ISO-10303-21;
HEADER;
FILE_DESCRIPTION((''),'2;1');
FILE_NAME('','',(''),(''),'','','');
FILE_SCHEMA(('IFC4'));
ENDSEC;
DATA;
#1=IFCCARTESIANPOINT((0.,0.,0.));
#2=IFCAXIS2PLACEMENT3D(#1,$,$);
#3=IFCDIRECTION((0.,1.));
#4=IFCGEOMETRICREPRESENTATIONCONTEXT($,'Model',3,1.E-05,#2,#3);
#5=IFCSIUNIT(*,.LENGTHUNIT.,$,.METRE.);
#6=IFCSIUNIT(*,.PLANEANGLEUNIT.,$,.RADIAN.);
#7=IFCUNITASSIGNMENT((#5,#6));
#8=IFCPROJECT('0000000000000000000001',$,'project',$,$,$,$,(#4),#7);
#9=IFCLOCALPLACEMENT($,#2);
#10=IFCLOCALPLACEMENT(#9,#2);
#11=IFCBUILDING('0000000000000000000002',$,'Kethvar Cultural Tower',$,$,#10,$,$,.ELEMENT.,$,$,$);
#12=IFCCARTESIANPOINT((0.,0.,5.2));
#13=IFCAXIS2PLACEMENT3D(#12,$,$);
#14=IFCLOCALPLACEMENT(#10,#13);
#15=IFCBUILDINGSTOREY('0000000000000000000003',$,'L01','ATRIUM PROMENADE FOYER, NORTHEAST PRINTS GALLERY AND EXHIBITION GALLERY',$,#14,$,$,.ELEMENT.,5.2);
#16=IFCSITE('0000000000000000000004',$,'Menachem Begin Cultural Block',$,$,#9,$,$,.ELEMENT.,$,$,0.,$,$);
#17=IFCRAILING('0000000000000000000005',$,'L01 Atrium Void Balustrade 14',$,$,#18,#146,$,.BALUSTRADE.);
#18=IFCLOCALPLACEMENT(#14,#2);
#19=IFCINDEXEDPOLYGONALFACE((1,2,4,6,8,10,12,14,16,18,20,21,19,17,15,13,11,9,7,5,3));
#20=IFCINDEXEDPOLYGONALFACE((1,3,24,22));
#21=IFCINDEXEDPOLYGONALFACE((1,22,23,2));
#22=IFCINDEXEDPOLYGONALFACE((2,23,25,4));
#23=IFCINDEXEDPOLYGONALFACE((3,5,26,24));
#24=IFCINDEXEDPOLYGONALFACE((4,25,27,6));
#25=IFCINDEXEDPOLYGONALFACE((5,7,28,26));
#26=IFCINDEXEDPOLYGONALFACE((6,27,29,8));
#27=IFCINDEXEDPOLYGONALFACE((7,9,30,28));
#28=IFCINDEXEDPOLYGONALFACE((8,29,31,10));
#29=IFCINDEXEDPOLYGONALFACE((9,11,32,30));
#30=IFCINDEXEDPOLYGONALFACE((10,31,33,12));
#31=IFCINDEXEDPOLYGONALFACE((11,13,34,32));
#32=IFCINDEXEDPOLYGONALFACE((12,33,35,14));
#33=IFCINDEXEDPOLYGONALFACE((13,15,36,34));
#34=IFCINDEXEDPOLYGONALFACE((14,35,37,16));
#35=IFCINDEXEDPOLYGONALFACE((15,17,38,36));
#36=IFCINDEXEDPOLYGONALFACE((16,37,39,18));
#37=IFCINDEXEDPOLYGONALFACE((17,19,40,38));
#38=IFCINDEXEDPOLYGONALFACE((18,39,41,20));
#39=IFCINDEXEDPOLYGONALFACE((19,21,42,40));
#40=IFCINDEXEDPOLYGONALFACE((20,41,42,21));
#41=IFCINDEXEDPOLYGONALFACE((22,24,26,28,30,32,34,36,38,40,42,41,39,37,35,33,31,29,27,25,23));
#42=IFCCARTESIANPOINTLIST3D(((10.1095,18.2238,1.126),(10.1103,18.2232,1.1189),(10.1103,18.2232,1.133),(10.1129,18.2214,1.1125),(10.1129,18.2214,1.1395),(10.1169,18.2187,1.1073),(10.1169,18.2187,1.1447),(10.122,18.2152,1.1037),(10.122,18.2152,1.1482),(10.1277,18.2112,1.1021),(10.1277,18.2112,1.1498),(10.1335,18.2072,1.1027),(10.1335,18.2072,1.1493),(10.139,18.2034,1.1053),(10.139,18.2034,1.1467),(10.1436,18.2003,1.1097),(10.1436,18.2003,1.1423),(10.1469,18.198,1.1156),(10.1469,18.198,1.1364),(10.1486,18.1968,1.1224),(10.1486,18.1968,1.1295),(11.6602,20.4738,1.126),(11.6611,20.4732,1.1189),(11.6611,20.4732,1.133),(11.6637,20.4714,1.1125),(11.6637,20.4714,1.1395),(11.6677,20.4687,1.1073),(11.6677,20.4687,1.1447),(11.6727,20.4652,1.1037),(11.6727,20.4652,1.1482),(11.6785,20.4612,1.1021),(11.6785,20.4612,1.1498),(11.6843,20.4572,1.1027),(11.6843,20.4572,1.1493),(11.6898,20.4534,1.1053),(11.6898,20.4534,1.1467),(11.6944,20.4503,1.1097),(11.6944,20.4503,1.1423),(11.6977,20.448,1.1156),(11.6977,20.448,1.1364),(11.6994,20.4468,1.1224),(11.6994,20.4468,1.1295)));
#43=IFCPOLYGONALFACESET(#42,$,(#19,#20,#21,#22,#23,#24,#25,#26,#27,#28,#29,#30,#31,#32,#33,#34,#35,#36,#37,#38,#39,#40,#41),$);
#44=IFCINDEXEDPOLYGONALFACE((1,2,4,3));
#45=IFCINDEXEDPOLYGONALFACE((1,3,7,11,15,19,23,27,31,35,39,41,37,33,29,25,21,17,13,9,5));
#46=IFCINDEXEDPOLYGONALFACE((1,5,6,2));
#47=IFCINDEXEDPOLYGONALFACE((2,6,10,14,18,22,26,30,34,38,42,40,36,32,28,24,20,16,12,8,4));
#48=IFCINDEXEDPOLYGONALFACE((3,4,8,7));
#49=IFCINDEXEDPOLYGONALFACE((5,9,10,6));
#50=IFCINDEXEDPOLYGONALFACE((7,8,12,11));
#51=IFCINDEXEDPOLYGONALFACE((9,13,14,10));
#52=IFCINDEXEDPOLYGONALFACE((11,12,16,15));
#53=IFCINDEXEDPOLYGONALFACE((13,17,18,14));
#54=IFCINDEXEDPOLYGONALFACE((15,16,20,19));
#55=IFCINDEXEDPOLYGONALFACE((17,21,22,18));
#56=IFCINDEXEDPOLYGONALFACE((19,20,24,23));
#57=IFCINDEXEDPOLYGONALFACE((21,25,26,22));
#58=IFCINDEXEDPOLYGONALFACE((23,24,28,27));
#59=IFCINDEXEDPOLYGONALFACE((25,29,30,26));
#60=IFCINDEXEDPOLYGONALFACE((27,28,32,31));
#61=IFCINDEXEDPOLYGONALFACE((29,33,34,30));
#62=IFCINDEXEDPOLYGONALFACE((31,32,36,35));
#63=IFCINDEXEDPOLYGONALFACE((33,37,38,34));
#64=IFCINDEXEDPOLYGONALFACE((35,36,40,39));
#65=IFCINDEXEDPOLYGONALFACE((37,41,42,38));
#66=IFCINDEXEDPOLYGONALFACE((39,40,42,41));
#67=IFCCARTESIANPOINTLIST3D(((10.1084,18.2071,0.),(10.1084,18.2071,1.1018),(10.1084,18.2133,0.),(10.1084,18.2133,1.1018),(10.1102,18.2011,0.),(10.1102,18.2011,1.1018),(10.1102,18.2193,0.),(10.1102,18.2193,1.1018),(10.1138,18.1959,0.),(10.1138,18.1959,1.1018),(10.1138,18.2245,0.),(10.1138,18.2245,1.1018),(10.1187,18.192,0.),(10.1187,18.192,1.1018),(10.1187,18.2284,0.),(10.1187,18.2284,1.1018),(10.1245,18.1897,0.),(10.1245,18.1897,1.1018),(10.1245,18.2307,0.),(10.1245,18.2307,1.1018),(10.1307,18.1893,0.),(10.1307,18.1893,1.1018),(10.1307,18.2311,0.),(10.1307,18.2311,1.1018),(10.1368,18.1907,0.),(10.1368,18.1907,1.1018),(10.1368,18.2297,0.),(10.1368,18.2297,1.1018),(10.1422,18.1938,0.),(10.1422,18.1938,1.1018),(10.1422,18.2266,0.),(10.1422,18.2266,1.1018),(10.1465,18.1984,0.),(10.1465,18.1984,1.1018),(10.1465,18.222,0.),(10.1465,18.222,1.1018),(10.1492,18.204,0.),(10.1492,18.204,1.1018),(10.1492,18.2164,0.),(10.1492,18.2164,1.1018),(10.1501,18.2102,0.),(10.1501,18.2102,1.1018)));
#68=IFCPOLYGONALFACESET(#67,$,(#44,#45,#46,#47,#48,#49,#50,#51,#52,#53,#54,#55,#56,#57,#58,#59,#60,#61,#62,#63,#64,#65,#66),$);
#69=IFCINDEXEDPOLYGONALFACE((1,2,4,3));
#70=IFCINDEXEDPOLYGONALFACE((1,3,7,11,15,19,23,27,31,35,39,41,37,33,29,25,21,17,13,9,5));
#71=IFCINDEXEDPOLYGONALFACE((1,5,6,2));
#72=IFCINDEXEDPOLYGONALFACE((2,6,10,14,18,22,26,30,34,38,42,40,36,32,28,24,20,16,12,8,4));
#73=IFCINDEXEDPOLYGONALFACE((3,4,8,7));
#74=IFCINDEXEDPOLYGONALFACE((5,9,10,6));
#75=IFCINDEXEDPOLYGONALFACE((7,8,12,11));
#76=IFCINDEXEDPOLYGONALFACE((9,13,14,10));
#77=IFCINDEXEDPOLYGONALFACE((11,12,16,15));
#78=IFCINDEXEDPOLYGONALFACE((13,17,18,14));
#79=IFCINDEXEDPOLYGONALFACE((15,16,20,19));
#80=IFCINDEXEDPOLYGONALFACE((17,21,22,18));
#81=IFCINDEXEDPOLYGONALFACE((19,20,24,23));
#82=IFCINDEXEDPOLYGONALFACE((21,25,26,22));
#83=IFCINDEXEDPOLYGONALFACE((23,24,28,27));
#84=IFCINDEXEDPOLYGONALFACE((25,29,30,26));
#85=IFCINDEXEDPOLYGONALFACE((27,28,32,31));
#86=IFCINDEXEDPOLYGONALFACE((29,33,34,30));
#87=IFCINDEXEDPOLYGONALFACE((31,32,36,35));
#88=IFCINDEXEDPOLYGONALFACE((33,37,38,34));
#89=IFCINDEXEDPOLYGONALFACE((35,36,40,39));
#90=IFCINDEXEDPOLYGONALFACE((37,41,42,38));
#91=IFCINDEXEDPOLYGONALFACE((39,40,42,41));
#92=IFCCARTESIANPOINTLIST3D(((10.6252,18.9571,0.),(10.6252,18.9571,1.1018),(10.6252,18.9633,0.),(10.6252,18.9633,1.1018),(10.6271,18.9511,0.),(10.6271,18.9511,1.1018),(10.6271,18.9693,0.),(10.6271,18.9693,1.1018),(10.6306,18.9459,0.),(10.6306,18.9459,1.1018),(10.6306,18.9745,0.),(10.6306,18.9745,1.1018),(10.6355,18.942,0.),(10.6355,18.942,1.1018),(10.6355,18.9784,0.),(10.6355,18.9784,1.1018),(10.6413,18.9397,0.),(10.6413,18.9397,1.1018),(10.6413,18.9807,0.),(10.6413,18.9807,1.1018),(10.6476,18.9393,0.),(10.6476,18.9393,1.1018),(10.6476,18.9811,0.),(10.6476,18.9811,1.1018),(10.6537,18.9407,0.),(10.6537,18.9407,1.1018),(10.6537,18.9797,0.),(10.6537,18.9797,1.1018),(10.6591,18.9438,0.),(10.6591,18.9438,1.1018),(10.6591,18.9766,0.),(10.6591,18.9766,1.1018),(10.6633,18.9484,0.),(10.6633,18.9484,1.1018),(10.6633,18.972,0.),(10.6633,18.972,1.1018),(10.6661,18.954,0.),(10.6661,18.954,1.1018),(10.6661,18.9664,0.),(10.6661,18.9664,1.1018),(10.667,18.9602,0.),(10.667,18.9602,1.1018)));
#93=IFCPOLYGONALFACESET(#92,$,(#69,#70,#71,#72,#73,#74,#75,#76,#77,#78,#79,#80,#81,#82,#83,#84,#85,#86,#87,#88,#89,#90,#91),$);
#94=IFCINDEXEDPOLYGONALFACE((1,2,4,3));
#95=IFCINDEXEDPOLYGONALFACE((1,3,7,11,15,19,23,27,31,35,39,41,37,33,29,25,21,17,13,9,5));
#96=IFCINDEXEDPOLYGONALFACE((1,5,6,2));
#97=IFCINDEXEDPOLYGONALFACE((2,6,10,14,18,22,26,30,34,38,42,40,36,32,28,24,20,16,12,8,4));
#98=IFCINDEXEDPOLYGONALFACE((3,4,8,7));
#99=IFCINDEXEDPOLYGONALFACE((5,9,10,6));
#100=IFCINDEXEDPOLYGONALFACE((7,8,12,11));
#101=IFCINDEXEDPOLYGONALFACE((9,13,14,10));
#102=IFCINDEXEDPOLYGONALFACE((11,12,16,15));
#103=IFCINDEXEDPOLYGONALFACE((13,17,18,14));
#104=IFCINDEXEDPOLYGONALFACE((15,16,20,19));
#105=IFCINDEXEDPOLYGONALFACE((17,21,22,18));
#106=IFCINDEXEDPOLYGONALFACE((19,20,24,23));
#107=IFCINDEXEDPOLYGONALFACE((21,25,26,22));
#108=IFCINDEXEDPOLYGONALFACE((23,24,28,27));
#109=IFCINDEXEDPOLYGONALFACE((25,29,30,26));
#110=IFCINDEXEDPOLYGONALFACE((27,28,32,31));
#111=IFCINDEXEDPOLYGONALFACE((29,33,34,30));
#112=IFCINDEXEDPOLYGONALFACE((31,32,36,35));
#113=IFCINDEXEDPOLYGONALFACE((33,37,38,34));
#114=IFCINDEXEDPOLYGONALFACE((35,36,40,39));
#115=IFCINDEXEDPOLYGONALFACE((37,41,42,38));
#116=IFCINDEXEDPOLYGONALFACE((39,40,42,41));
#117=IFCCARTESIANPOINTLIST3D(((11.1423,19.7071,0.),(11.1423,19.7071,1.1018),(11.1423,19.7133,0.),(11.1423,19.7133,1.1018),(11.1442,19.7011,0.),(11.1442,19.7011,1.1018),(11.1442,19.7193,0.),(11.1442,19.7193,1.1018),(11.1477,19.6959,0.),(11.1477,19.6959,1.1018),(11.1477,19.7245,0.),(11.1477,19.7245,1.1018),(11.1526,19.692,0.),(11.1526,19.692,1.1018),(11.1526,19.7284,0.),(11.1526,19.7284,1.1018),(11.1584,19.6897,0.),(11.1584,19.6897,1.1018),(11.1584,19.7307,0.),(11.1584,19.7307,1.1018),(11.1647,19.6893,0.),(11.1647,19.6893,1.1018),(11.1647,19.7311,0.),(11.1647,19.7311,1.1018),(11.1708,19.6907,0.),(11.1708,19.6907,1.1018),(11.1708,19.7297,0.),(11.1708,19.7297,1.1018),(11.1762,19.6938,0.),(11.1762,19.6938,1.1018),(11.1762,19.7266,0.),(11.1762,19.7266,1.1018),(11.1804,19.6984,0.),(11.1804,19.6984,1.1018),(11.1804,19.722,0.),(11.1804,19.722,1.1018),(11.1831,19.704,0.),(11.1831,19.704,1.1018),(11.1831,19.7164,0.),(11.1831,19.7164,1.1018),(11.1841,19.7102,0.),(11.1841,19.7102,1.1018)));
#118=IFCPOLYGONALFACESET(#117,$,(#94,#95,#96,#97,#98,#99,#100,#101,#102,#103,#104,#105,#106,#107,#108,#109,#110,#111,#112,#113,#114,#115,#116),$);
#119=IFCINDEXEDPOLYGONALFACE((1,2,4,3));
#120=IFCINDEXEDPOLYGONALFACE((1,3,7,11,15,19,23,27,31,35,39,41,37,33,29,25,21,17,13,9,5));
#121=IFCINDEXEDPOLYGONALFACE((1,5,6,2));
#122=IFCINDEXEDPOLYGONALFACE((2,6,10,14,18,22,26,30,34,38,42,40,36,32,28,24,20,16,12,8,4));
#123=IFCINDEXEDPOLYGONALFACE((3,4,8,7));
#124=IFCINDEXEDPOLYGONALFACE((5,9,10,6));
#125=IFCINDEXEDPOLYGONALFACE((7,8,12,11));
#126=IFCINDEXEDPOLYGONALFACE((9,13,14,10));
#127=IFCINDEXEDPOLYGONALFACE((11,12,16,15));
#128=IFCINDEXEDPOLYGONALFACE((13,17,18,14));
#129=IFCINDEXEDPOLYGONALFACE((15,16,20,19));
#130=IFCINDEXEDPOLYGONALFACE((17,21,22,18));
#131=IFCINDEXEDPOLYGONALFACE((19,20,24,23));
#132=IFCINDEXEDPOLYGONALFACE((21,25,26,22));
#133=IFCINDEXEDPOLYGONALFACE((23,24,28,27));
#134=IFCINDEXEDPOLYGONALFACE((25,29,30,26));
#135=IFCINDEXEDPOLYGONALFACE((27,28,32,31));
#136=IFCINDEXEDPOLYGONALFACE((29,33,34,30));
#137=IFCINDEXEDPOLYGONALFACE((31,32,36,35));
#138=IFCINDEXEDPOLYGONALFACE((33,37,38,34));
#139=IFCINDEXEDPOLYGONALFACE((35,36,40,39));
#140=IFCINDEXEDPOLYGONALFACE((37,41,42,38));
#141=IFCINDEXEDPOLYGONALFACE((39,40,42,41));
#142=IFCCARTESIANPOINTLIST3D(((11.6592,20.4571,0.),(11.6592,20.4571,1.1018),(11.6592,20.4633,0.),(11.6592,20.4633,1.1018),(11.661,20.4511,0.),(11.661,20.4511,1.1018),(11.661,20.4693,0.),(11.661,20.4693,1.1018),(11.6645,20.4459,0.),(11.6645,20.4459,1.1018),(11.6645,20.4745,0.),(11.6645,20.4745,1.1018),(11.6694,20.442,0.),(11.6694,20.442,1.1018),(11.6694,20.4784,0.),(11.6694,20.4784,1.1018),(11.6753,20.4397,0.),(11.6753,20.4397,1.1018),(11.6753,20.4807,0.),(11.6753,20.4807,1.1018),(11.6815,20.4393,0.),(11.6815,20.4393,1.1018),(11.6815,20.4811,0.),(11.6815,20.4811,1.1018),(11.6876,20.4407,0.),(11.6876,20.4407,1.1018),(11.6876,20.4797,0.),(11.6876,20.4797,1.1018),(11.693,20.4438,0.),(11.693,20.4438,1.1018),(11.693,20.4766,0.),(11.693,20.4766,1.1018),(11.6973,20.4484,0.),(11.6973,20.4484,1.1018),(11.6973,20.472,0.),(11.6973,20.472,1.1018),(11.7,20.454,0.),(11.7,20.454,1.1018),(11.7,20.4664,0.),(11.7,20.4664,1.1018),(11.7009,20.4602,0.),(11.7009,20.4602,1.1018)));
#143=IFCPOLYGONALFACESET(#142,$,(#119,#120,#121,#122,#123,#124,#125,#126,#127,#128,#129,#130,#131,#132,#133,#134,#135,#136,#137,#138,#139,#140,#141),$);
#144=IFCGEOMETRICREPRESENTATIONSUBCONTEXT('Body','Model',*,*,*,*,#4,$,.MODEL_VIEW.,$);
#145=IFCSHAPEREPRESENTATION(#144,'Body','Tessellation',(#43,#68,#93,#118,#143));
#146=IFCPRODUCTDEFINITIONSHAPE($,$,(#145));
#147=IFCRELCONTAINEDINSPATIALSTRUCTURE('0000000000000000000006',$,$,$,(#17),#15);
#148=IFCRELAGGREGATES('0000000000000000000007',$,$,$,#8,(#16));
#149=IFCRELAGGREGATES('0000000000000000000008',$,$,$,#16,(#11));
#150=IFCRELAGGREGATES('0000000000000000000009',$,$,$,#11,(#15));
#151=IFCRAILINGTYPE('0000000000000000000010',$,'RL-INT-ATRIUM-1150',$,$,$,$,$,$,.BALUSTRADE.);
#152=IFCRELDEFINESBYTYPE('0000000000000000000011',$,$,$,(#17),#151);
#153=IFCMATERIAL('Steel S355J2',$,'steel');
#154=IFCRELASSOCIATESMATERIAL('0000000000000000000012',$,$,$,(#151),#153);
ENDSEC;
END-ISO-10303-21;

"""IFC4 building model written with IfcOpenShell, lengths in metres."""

from ifc_helpers import new_model, si_unit, direction, frame, origin, origin_2d, place, context, subcontext, project, spatial, circle, extrude, material, type_object, element, save


model = new_model("IFC4")

# Units and contexts
model_context = context("Model", 3, precision=1e-05, world=origin(), true_north=direction((0.0, 1.0)))
body_context = subcontext(model_context, "Body", "Model", "MODEL_VIEW")
ifc_project = project(units=[si_unit("LENGTHUNIT", "METRE"), si_unit("PLANEANGLEUNIT", "RADIAN")], contexts=[model_context])

# Site, building, storey
site_placement = place(None, origin())
site = spatial("IfcSite", under=ifc_project, at=site_placement, Name="Menachem Begin Cultural Block", CompositionType="ELEMENT", RefElevation=0.0)
building_placement = place(site_placement, origin())
building = spatial("IfcBuilding", under=site, at=building_placement, Name="Kethvar Cultural Tower", CompositionType="ELEMENT")
storey_placement = place(building_placement, frame((0.0, 0.0, 5.2)))
storey = spatial("IfcBuildingStorey", under=building, at=storey_placement, Name="L01", Description="ATRIUM PROMENADE FOYER, NORTHEAST PRINTS GALLERY AND EXHIBITION GALLERY", CompositionType="ELEMENT", Elevation=5.2)

# Shared definitions
ifc_material_1 = material(Name="Steel S355J2", Category="steel")

# Railing
railing_type_1 = type_object("IfcRailingType", Name="RL-INT-ATRIUM-1150", PredefinedType="BALUSTRADE", material=ifc_material_1)
railing_1_placement = place(storey_placement, frame((10.1292, 18.2102, 0.0)))
element("IfcRailing", 1, at=railing_1_placement, inside=storey, type_object=railing_type_1, Name="L01 Atrium Void Balustrade 14", PredefinedType="BALUSTRADE", context=body_context, shape_type="SweptSolid", body=[
    extrude(circle(Radius=0.0239, at=origin_2d()), frame((0.0, 0.0, 1.126), z_axis=(0.567499, 0.823374, 0.0), x_axis=(-0.823374, 0.567499, 0.0)), (0.0, 0.0, 1.0), 2.7327),
    extrude(circle(Radius=0.021, at=origin_2d()), origin(), (0.0, 0.0, 1.0), 1.1018),
    extrude(circle(Radius=0.021, at=origin_2d()), frame((0.5168, 0.75, 0.0)), (0.0, 0.0, 1.0), 1.1018),
    extrude(circle(Radius=0.021, at=origin_2d()), frame((1.0339, 1.5, 0.0)), (0.0, 0.0, 1.0), 1.1018),
    extrude(circle(Radius=0.021, at=origin_2d()), frame((1.5508, 2.25, 0.0)), (0.0, 0.0, 1.0), 1.1018),
])

save(model, "model.ifc")
